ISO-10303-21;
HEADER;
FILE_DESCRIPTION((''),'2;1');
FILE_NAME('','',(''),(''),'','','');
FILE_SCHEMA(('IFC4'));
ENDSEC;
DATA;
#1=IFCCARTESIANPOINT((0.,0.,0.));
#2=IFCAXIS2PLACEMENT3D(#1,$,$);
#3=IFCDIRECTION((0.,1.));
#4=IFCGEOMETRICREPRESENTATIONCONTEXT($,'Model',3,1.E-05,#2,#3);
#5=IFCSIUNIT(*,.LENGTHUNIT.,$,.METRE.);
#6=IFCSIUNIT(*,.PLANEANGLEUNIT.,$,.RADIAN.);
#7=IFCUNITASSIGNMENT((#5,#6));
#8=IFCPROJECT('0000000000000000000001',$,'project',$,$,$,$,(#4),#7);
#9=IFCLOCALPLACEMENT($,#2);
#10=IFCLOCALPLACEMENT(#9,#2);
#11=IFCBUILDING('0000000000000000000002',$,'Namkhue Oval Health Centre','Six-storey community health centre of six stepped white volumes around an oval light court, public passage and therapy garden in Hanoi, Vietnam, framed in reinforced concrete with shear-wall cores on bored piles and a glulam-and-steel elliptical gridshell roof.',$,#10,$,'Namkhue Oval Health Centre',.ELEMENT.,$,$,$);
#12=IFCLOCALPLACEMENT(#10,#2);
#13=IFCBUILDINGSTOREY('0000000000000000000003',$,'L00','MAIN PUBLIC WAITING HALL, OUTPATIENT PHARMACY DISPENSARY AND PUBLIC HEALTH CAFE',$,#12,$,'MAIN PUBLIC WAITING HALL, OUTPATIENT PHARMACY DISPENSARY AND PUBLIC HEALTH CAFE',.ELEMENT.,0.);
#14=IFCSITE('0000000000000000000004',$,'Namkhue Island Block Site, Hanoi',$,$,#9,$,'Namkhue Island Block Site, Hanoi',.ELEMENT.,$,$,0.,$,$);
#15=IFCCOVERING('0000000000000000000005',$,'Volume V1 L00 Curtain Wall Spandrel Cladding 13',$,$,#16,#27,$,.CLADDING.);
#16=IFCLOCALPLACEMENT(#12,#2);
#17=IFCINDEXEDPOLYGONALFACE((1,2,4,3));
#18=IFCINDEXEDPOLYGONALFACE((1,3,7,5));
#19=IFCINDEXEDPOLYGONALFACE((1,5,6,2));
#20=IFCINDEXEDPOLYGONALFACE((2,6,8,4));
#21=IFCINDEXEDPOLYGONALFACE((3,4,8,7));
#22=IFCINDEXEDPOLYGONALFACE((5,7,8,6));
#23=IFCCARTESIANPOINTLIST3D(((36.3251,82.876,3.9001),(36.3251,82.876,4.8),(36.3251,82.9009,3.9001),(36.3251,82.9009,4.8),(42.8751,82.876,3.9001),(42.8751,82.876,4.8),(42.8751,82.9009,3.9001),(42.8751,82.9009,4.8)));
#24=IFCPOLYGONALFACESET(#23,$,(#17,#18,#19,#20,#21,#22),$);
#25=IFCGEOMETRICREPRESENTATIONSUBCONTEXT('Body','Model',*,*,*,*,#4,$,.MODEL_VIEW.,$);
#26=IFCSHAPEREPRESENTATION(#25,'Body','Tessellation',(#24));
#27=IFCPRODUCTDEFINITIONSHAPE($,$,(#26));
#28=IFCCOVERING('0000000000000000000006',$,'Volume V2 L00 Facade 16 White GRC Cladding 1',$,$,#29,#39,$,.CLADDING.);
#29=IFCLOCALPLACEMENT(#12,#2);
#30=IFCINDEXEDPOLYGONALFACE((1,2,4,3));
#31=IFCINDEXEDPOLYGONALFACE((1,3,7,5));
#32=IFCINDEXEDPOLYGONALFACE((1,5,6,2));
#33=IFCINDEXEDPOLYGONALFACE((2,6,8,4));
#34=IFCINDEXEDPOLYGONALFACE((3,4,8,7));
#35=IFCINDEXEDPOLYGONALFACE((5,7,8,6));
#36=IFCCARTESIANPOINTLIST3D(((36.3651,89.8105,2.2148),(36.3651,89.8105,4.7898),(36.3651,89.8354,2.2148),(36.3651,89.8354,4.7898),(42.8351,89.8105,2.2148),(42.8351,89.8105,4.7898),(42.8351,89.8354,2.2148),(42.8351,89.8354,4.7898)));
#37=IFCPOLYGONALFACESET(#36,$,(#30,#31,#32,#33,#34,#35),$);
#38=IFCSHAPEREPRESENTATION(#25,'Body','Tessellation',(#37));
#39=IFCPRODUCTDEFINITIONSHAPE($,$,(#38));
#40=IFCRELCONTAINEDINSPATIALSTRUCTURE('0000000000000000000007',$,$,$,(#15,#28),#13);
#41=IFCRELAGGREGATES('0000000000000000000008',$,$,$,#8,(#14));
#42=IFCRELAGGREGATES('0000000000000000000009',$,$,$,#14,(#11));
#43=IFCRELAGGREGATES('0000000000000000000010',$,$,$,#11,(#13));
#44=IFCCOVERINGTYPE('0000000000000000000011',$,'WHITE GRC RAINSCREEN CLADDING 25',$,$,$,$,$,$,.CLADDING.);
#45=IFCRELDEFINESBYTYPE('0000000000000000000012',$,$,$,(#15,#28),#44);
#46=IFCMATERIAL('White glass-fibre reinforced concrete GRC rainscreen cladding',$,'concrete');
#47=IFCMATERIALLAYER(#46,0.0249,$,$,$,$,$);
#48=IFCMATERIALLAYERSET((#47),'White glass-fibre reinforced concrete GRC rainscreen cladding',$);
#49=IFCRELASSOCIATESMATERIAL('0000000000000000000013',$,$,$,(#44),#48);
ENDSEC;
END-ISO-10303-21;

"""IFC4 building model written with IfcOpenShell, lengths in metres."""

from ifc_helpers import new_model, si_unit, direction, frame, origin, origin_2d, place, context, subcontext, project, spatial, rectangle, extrude, material, layer, layer_set, type_object, element, save


model = new_model("IFC4")

# Units and contexts
model_context = context("Model", 3, precision=1e-05, world=origin(), true_north=direction((0.0, 1.0)))
body_context = subcontext(model_context, "Body", "Model", "MODEL_VIEW")
ifc_project = project(units=[si_unit("LENGTHUNIT", "METRE"), si_unit("PLANEANGLEUNIT", "RADIAN")], contexts=[model_context])

# Site, building, storey
site_placement = place(None, origin())
site = spatial("IfcSite", under=ifc_project, at=site_placement, Name="Namkhue Island Block Site, Hanoi", LongName="Namkhue Island Block Site, Hanoi", CompositionType="ELEMENT", RefElevation=0.0)
building_placement = place(site_placement, origin())
building = spatial("IfcBuilding", under=site, at=building_placement, Name="Namkhue Oval Health Centre", Description="Six-storey community health centre of six stepped white volumes around an oval light court, public passage and therapy garden in Hanoi, Vietnam, framed in reinforced concrete with shear-wall cores on bored piles and a glulam-and-steel elliptical gridshell roof.", LongName="Namkhue Oval Health Centre", CompositionType="ELEMENT")
storey_placement = place(building_placement, origin())
storey = spatial("IfcBuildingStorey", under=building, at=storey_placement, Name="L00", Description="MAIN PUBLIC WAITING HALL, OUTPATIENT PHARMACY DISPENSARY AND PUBLIC HEALTH CAFE", LongName="MAIN PUBLIC WAITING HALL, OUTPATIENT PHARMACY DISPENSARY AND PUBLIC HEALTH CAFE", CompositionType="ELEMENT", Elevation=0.0)

# Coverings
ifc_material_1 = material(Name="White glass-fibre reinforced concrete GRC rainscreen cladding", Category="concrete")
ifc_layer_1 = layer(ifc_material_1, 0.0249)
ifc_layer_set_1 = layer_set([ifc_layer_1], Name="White glass-fibre reinforced concrete GRC rainscreen cladding")
covering_type = type_object("IfcCoveringType", Name="WHITE GRC RAINSCREEN CLADDING 25", PredefinedType="CLADDING", material=ifc_layer_set_1)
covering_1_placement = place(storey_placement, frame((39.6001, 82.8884, 3.9001), z_axis=(0.0, 0.0, 1.0), x_axis=(-1.0, 0.0, 0.0)))
element("IfcCovering", 1, at=covering_1_placement, inside=storey, type_object=covering_type, Name="Volume V1 L00 Curtain Wall Spandrel Cladding 13", PredefinedType="CLADDING", context=body_context, shape_type="SweptSolid", body=[
    extrude(rectangle(XDim=6.55, YDim=0.0249, at=origin_2d()), origin(), (0.0, 0.0, 1.0), 0.8999),
])
covering_2_placement = place(storey_placement, frame((39.6001, 89.823, 2.2148), z_axis=(0.0, 0.0, 1.0), x_axis=(1.0, 0.0, 0.0)))
element("IfcCovering", 2, at=covering_2_placement, inside=storey, type_object=covering_type, Name="Volume V2 L00 Facade 16 White GRC Cladding 1", PredefinedType="CLADDING", context=body_context, shape_type="SweptSolid", body=[
    extrude(rectangle(XDim=6.47, YDim=0.0249, at=origin_2d()), origin(), (0.0, 0.0, 1.0), 2.575),
])

save(model, "model.ifc")
